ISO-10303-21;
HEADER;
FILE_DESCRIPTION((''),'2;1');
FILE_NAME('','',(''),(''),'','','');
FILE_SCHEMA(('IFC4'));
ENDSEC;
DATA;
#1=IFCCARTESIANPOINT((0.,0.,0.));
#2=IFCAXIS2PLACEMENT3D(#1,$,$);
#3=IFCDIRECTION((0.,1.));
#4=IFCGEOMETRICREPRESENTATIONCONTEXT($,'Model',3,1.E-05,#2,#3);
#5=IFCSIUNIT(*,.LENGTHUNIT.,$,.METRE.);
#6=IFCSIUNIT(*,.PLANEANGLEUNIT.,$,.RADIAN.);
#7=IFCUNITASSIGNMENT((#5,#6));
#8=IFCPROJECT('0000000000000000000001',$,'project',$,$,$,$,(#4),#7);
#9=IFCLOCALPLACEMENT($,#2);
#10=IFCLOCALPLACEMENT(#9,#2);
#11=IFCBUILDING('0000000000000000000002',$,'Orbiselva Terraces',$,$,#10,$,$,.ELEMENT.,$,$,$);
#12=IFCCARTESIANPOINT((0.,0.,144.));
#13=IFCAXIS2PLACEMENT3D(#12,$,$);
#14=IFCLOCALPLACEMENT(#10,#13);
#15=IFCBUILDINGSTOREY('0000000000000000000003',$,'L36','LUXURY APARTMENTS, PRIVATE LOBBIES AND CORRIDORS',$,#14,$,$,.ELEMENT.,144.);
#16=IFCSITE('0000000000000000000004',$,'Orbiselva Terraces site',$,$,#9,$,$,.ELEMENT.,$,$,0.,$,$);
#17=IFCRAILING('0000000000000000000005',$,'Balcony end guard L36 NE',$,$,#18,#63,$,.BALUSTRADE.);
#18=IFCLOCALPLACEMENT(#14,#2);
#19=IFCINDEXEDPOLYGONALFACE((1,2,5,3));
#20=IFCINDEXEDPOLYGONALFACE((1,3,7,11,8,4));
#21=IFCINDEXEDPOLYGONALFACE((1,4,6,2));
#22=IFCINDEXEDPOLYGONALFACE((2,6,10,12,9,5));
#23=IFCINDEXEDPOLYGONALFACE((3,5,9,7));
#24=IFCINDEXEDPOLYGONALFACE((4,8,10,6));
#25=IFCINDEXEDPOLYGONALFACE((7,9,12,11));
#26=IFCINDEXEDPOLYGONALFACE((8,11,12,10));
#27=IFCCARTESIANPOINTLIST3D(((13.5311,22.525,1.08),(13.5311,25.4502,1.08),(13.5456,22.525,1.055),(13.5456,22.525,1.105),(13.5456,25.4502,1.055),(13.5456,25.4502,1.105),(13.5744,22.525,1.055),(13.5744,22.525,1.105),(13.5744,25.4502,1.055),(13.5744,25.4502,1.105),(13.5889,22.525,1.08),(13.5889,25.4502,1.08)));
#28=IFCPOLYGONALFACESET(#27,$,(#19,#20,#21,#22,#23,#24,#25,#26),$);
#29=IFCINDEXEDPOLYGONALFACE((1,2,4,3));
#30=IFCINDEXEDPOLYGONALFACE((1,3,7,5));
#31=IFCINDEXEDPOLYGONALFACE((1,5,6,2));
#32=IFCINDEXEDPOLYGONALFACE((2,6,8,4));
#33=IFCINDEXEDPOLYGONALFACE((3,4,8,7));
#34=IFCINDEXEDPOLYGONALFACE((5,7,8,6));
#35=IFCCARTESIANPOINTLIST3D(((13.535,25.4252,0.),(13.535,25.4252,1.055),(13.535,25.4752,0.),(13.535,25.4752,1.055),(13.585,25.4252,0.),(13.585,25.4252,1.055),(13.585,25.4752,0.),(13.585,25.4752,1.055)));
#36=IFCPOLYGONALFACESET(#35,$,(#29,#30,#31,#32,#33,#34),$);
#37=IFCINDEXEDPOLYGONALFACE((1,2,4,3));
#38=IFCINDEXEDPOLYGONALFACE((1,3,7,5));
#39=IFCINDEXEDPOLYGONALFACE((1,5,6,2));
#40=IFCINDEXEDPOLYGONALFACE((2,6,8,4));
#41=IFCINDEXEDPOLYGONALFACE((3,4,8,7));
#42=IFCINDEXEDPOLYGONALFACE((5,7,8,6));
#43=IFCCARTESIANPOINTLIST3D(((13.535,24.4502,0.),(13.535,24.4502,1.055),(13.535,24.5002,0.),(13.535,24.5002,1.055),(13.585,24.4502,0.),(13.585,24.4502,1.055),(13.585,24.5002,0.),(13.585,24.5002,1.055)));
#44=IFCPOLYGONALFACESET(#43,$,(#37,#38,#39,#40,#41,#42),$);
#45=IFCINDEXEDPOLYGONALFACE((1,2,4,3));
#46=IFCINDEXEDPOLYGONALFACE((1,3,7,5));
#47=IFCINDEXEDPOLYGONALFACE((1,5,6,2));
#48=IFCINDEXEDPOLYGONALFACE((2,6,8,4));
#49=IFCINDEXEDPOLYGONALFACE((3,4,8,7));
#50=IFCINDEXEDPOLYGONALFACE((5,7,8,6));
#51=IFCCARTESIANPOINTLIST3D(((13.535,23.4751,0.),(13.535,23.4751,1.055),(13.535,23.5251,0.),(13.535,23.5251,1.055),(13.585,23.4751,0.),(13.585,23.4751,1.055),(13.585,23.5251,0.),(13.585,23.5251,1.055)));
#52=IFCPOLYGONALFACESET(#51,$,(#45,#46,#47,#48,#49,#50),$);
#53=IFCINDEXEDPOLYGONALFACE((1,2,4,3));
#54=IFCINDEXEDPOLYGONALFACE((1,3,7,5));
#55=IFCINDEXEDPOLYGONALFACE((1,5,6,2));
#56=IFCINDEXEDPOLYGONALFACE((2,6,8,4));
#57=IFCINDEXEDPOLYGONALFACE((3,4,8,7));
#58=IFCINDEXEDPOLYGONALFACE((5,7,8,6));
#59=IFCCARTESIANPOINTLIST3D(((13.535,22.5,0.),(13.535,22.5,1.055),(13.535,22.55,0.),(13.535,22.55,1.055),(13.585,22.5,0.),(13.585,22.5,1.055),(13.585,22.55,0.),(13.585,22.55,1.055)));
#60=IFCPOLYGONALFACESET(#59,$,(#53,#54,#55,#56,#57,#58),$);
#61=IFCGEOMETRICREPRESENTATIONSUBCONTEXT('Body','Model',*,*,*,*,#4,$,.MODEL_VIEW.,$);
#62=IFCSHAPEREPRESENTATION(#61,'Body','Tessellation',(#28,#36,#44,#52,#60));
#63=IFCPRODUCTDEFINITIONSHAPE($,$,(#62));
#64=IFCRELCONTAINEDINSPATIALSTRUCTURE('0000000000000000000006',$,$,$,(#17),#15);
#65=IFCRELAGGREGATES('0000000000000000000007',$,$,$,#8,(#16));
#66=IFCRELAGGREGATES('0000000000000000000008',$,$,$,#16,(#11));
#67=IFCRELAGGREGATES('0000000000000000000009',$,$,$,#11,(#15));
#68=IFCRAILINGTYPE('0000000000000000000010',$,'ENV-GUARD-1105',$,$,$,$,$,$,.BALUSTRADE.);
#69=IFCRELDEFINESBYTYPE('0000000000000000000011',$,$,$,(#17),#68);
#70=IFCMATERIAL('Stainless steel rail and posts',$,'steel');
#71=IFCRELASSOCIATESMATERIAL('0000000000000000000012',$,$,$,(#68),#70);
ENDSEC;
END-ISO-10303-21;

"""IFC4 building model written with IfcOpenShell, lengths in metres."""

from ifc_helpers import new_model, si_unit, direction, frame, origin, origin_2d, place, context, subcontext, project, spatial, polyline, rectangle, outline, extrude, material, type_object, element, save


model = new_model("IFC4")

# Units and contexts
model_context = context("Model", 3, precision=1e-05, world=origin(), true_north=direction((0.0, 1.0)))
body_context = subcontext(model_context, "Body", "Model", "MODEL_VIEW")
ifc_project = project(units=[si_unit("LENGTHUNIT", "METRE"), si_unit("PLANEANGLEUNIT", "RADIAN")], contexts=[model_context])

# Site, building, storey
site_placement = place(None, origin())
site = spatial("IfcSite", under=ifc_project, at=site_placement, Name="Orbiselva Terraces site", CompositionType="ELEMENT", RefElevation=0.0)
building_placement = place(site_placement, origin())
building = spatial("IfcBuilding", under=site, at=building_placement, Name="Orbiselva Terraces", CompositionType="ELEMENT")
storey_placement = place(building_placement, frame((0.0, 0.0, 144.0)))
storey = spatial("IfcBuildingStorey", under=building, at=storey_placement, Name="L36", Description="LUXURY APARTMENTS, PRIVATE LOBBIES AND CORRIDORS", CompositionType="ELEMENT", Elevation=144.0)

# Railing
ifc_material_1 = material(Name="Stainless steel rail and posts", Category="steel")
railing_type_1 = type_object("IfcRailingType", Name="ENV-GUARD-1105", PredefinedType="BALUSTRADE", material=ifc_material_1)
railing_1_placement = place(storey_placement, frame((13.56, 25.4502, 0.0)))
element("IfcRailing", 1, at=railing_1_placement, inside=storey, type_object=railing_type_1, Name="Balcony end guard L36 NE", PredefinedType="BALUSTRADE", context=body_context, shape_type="SweptSolid", body=[
    extrude(outline(polyline([(0.0289, 0.0), (0.0144, 0.025), (-0.0144, 0.025), (-0.0289, 0.0), (-0.0144, -0.025), (0.0144, -0.025), (0.0289, 0.0)])), frame((0.0, 0.0, 1.08), z_axis=(0.0, -1.0, 0.0), x_axis=(1.0, 0.0, 0.0)), (0.0, 0.0, 1.0), 2.9252),
    extrude(rectangle(XDim=0.05, YDim=0.05, at=origin_2d()), origin(), (0.0, 0.0, 1.0), 1.055),
    extrude(rectangle(XDim=0.05, YDim=0.05, at=origin_2d()), frame((0.0, -0.9751, 0.0)), (0.0, 0.0, 1.0), 1.055),
    extrude(rectangle(XDim=0.05, YDim=0.05, at=origin_2d()), frame((0.0, -1.9502, 0.0)), (0.0, 0.0, 1.0), 1.055),
    extrude(rectangle(XDim=0.05, YDim=0.05, at=origin_2d()), frame((0.0, -2.9252, 0.0)), (0.0, 0.0, 1.0), 1.055),
])

save(model, "model.ifc")
